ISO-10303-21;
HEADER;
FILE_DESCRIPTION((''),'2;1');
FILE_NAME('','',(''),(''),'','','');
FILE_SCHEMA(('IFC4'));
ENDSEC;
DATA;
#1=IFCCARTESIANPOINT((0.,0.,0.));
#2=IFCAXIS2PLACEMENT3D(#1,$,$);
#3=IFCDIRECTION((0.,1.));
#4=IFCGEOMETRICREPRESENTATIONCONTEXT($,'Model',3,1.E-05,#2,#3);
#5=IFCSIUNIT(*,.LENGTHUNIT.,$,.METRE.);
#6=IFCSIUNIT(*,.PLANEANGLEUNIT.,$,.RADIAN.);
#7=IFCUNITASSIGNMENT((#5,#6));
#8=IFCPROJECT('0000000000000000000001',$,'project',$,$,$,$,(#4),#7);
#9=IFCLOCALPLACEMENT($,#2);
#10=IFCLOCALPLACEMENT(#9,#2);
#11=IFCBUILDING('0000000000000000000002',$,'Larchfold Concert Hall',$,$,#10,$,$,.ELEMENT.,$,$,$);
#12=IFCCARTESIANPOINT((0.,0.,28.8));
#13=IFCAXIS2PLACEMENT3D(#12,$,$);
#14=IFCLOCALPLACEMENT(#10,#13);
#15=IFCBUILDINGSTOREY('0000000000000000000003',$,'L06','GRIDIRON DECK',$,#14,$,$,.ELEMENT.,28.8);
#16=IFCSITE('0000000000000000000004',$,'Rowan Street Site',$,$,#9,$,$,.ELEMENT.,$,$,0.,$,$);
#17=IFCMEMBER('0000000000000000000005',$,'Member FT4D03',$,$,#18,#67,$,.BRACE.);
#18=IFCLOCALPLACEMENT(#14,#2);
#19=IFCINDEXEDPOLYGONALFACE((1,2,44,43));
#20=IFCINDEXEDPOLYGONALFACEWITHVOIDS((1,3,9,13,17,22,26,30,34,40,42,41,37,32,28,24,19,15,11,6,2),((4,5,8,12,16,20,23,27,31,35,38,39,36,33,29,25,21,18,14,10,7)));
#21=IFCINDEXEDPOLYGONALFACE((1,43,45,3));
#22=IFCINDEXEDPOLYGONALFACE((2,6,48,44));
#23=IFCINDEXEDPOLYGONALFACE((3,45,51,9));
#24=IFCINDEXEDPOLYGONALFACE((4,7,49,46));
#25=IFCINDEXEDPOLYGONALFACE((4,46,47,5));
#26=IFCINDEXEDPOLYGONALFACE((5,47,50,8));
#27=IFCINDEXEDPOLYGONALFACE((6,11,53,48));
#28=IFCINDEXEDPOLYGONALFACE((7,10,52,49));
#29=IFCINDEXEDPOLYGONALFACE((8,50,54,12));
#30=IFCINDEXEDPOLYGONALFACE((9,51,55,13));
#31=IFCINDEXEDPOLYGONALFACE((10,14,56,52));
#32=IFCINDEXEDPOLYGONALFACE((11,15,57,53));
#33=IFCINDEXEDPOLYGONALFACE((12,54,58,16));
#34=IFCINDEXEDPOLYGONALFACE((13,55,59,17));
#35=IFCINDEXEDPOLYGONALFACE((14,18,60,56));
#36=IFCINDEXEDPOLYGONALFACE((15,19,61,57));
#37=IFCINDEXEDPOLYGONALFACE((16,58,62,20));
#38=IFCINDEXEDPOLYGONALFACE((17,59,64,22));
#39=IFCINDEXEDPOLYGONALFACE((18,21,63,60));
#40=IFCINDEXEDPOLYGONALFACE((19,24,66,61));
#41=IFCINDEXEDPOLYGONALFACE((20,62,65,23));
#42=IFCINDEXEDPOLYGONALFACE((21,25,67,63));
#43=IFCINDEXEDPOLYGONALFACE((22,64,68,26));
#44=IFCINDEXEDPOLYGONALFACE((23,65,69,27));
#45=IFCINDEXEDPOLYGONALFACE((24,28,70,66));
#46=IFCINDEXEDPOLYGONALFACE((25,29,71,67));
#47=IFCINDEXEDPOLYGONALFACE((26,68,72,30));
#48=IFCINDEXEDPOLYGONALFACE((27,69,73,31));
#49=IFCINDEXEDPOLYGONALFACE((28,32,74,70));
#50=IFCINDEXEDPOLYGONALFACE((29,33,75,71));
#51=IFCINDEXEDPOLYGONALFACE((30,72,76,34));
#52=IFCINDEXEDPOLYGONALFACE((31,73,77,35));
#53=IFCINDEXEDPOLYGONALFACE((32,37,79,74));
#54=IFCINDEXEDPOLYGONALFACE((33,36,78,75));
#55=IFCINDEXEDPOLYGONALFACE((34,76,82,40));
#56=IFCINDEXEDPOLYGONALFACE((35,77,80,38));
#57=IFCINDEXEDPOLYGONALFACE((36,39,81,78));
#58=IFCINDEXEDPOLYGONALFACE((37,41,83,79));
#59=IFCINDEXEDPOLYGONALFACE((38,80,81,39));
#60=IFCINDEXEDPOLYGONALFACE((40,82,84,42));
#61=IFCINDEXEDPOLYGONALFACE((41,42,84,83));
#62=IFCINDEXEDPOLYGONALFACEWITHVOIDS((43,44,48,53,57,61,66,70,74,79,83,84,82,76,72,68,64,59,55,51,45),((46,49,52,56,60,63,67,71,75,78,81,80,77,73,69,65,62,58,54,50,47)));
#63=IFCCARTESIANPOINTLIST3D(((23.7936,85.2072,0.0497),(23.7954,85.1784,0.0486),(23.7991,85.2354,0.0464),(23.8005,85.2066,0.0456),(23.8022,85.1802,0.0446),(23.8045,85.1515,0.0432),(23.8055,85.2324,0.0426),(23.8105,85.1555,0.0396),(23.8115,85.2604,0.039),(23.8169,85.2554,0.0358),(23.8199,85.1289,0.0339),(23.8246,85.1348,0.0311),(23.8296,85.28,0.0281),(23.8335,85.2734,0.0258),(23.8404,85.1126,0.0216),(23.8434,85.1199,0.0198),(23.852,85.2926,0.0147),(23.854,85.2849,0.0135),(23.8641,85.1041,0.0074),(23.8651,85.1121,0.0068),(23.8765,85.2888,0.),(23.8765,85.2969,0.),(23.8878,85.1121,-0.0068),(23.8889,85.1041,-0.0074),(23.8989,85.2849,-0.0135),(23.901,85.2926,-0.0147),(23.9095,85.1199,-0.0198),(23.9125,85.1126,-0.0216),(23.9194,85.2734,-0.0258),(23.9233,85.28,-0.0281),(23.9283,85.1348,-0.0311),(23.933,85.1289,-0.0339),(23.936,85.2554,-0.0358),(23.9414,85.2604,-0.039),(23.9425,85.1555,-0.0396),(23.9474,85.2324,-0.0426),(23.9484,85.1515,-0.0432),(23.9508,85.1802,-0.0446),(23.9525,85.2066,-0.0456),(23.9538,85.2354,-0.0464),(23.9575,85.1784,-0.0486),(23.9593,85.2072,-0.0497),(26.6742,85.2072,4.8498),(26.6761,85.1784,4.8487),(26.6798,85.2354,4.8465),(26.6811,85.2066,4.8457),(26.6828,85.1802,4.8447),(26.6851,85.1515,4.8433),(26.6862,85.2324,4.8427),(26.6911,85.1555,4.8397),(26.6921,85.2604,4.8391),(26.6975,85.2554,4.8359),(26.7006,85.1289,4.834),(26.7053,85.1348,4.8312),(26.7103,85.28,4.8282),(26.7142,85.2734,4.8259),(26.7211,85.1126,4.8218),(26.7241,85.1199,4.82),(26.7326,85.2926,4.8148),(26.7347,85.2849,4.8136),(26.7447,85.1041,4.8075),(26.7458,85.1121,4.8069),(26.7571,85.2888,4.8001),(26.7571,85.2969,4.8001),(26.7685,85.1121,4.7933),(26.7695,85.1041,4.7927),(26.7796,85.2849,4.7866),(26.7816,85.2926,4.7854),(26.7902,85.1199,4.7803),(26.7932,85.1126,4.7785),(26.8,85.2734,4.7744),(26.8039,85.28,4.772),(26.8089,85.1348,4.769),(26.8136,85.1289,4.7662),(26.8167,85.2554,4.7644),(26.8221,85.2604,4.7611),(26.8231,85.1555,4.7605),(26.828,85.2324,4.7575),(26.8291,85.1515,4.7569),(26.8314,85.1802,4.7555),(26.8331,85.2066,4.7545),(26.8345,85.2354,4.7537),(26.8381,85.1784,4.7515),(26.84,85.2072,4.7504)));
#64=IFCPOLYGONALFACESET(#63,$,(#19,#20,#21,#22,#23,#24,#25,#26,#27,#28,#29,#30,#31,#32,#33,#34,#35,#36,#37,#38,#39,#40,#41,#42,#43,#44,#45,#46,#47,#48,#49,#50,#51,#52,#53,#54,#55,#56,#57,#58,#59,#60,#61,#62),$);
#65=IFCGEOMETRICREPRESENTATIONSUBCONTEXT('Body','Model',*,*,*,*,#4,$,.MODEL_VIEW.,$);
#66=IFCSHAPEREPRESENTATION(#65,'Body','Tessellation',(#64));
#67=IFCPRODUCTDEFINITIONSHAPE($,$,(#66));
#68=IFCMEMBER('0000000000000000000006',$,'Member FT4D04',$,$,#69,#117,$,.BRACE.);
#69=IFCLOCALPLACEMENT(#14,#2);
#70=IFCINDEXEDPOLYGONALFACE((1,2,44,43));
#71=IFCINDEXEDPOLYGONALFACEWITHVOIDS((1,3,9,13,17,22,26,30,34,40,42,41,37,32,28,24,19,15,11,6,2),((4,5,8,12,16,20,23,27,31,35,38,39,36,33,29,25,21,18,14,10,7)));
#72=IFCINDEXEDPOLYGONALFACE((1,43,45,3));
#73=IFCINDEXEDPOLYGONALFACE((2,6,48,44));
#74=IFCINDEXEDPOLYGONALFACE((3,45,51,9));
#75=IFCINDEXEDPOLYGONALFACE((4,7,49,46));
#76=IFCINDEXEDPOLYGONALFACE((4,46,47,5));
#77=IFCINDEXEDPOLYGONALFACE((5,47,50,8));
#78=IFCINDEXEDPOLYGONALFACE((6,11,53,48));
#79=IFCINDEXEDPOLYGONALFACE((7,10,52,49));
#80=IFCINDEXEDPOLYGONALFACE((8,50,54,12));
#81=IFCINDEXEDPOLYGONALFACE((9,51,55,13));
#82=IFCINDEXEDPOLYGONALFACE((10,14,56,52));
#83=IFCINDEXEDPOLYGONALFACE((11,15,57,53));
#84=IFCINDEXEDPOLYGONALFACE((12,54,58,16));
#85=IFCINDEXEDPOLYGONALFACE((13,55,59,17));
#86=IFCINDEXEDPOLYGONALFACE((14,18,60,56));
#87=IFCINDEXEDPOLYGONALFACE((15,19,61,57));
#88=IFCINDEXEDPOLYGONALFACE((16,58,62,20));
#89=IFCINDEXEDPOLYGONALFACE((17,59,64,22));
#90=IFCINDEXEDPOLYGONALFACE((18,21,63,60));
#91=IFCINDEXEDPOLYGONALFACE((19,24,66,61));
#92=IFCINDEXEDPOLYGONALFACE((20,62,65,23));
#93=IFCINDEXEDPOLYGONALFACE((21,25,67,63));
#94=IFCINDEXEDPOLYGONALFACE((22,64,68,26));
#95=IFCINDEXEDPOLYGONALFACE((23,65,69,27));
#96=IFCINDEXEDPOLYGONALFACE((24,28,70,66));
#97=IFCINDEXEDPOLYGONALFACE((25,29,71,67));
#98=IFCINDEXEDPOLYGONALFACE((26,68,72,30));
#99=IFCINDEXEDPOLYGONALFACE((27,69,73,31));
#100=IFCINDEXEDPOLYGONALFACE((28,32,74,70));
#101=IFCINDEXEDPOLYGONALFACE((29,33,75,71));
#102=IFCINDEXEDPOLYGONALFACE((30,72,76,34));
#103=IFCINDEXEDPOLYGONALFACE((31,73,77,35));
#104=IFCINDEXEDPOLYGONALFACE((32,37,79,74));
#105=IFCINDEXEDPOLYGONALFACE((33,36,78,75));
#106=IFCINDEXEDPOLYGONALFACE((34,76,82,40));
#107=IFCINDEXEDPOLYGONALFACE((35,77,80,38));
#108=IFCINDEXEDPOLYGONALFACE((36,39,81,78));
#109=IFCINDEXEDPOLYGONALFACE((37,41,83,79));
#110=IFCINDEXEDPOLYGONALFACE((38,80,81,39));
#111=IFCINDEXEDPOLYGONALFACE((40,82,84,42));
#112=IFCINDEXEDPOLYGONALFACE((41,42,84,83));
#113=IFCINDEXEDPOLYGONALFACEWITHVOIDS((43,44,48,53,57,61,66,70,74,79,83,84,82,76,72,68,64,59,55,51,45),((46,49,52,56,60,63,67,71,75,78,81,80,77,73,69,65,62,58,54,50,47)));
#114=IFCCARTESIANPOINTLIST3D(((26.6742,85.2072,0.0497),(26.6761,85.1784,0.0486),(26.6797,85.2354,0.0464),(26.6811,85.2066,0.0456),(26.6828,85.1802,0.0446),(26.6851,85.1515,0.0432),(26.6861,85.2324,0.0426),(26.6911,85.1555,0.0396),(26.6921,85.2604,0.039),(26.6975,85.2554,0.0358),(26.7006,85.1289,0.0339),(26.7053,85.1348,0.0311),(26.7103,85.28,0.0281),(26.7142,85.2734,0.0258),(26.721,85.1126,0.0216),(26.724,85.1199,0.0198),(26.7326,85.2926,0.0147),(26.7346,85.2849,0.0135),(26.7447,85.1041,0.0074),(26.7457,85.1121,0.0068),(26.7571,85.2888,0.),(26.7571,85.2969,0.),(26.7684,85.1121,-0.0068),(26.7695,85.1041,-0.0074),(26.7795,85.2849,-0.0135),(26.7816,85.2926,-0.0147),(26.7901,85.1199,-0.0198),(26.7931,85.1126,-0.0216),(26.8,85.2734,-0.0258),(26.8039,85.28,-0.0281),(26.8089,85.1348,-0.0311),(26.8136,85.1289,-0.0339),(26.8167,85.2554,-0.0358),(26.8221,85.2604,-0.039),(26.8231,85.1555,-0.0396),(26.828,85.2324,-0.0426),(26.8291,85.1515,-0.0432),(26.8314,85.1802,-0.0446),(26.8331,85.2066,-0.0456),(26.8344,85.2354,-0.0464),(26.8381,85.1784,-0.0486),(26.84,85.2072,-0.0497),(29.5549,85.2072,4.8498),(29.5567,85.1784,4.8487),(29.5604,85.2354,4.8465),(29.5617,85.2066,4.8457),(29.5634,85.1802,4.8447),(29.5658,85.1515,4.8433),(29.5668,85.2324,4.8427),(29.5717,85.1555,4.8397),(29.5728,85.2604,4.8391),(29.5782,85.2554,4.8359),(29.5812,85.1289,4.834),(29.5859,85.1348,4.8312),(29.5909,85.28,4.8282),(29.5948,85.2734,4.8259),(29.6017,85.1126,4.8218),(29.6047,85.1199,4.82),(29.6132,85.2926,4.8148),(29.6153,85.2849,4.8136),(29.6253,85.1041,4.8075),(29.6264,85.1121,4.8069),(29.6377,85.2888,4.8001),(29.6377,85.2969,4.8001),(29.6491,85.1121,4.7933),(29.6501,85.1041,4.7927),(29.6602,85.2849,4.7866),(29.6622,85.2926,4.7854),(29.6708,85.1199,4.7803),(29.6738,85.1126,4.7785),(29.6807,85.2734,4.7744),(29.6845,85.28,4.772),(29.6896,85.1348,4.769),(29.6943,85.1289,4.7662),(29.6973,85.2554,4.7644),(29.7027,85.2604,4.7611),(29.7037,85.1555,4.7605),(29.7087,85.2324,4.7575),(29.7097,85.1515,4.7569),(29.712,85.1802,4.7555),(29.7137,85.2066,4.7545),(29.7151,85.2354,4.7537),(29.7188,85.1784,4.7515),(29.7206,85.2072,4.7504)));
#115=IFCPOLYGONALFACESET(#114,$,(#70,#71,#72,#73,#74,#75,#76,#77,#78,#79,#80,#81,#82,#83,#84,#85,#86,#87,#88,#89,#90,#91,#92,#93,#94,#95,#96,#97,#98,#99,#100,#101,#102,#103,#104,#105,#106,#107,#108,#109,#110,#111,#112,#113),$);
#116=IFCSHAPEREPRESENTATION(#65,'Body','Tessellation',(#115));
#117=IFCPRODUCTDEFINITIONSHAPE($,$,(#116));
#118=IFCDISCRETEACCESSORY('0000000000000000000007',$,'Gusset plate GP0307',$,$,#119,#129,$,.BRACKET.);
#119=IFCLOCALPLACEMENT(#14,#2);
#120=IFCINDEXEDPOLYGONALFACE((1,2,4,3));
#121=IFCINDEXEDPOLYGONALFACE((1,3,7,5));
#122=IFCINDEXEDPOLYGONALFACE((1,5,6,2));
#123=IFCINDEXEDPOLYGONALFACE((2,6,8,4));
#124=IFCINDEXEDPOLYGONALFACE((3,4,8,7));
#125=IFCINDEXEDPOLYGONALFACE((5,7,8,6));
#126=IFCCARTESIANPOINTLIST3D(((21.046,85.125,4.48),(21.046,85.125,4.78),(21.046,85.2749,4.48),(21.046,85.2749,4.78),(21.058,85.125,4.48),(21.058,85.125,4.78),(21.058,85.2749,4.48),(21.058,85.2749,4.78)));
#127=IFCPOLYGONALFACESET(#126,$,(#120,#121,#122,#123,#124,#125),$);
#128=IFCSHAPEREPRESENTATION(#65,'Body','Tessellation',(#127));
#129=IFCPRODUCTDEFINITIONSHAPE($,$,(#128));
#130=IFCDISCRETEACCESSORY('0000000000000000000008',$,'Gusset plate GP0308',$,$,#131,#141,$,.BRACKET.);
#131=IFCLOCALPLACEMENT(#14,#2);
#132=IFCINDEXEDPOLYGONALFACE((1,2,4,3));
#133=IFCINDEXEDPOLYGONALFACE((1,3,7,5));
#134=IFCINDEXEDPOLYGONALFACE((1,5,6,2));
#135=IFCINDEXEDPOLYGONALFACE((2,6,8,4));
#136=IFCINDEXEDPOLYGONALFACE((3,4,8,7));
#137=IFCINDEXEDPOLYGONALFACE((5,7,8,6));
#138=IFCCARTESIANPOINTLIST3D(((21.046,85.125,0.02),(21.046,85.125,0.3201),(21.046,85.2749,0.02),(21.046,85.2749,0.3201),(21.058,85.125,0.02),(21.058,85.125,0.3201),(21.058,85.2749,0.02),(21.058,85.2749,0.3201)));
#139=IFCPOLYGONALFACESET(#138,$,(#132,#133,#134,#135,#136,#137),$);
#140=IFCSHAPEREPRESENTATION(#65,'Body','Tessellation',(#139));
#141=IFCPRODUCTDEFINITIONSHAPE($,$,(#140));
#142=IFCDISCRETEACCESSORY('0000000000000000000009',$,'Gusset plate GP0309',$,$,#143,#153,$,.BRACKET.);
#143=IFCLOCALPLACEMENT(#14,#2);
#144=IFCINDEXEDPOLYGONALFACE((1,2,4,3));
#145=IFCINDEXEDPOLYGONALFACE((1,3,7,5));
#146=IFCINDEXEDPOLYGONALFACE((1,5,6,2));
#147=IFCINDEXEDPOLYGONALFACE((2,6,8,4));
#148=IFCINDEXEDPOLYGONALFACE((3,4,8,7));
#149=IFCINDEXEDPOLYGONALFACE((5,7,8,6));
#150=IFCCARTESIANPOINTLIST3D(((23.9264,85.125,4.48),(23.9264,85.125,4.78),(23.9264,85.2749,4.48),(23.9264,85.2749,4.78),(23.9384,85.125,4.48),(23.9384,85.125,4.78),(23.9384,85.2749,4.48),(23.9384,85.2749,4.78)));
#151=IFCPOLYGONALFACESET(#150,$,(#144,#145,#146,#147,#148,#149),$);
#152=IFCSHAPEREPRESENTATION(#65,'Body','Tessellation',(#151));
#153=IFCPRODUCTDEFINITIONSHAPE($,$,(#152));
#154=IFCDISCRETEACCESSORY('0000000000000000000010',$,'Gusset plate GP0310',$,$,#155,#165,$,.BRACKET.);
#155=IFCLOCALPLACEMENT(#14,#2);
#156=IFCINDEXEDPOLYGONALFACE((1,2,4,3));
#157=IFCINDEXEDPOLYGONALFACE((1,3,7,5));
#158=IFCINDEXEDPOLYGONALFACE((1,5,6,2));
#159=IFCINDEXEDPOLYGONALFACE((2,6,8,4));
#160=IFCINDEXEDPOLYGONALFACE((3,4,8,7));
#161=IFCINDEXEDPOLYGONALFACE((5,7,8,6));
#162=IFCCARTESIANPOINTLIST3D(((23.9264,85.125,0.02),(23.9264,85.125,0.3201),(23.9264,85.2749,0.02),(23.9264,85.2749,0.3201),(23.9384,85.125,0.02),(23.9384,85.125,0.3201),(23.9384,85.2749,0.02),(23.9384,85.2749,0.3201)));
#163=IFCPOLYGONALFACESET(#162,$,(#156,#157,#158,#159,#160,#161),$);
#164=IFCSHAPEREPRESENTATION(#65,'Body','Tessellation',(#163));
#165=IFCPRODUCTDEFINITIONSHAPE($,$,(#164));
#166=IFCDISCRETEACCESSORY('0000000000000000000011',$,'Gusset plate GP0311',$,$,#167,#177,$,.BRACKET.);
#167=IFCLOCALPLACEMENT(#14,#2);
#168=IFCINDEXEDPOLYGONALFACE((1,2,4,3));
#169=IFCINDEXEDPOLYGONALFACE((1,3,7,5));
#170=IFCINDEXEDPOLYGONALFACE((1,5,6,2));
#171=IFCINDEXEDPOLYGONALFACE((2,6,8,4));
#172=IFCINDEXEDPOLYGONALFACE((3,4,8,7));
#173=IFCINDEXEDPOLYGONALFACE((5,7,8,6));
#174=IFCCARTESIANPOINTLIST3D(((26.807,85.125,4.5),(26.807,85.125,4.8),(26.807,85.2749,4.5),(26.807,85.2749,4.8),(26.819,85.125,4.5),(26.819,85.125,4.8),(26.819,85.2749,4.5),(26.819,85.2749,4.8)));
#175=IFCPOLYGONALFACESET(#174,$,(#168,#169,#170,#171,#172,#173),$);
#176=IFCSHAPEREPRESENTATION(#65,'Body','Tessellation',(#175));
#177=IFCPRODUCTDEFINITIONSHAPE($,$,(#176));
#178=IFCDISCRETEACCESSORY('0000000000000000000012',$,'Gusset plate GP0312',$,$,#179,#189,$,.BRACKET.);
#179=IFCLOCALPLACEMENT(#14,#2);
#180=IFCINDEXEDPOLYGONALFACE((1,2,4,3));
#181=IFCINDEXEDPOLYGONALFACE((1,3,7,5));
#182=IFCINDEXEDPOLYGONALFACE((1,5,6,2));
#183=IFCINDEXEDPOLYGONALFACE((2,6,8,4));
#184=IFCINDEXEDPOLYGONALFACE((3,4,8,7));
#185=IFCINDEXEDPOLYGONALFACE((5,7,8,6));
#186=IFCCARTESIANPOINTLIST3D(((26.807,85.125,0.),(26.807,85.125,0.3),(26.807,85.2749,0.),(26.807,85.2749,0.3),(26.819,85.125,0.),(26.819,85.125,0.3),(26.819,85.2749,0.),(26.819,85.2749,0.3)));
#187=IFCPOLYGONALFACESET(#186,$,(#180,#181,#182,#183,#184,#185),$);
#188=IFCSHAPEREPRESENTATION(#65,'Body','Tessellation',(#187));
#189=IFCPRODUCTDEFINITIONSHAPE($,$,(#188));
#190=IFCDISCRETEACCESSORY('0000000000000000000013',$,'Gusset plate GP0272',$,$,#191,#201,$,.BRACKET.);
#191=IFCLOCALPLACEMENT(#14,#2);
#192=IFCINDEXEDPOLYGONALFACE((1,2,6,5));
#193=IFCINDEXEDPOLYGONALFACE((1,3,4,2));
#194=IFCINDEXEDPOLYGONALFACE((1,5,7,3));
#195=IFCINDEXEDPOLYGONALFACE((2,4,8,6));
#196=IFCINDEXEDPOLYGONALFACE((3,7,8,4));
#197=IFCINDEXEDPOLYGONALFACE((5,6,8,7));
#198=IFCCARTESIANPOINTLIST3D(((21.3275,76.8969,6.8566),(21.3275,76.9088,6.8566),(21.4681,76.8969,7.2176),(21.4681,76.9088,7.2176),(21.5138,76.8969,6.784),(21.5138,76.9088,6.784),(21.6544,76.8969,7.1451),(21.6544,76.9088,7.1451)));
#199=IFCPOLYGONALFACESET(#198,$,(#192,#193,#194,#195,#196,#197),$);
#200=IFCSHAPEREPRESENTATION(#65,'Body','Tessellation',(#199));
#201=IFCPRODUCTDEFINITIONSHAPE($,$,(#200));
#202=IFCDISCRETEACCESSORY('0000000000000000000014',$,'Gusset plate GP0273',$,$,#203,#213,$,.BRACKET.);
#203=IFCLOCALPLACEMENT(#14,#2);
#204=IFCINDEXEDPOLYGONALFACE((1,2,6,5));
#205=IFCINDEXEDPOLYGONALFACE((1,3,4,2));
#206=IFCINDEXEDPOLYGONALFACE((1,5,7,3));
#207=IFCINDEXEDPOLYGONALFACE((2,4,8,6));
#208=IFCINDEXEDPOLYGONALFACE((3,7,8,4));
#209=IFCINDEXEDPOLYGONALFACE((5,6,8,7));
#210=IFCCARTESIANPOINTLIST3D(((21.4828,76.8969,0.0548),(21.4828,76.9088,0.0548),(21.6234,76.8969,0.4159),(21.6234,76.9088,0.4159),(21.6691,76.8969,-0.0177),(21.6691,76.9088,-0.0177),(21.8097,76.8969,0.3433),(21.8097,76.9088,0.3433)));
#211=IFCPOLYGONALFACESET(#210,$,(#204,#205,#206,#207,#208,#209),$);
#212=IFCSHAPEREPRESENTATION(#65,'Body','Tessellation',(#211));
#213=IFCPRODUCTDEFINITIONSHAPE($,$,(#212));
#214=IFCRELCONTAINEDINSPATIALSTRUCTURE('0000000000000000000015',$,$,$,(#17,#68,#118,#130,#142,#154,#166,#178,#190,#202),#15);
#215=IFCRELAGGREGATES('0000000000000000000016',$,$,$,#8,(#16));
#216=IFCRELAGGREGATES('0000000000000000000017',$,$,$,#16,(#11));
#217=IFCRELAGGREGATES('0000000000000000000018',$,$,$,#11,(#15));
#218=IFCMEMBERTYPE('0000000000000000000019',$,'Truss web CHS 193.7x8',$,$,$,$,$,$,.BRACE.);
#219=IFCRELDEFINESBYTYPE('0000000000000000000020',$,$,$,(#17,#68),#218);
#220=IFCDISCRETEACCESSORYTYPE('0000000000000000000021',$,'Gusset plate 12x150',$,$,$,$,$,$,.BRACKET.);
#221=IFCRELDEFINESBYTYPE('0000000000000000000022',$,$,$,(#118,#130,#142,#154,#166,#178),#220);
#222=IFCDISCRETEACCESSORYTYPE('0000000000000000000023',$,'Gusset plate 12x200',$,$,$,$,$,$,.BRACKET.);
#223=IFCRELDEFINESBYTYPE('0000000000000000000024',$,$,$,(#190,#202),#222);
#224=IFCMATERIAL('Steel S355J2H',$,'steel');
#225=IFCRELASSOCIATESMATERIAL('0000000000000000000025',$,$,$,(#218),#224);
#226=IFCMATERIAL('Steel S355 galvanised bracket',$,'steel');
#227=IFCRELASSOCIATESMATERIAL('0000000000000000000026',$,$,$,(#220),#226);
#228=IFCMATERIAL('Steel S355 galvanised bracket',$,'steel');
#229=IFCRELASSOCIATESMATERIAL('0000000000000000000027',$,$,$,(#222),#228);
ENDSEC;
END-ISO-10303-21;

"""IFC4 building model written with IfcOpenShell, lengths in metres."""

from ifc_helpers import new_model, si_unit, direction, frame, origin, origin_2d, place, context, subcontext, project, spatial, rectangle, hollow_circle, extrude, material, material_profile, profile_set, type_object, element, save


model = new_model("IFC4")

# Units and contexts
model_context = context("Model", 3, precision=1e-05, world=origin(), true_north=direction((0.0, 1.0)))
body_context = subcontext(model_context, "Body", "Model", "MODEL_VIEW")
ifc_project = project(units=[si_unit("LENGTHUNIT", "METRE"), si_unit("PLANEANGLEUNIT", "RADIAN")], contexts=[model_context])

# Site, building, storey
site_placement = place(None, origin())
site = spatial("IfcSite", under=ifc_project, at=site_placement, Name="Rowan Street Site", CompositionType="ELEMENT", RefElevation=0.0)
building_placement = place(site_placement, origin())
building = spatial("IfcBuilding", under=site, at=building_placement, Name="Larchfold Concert Hall", CompositionType="ELEMENT")
storey_placement = place(building_placement, frame((0.0, 0.0, 28.8)))
storey = spatial("IfcBuildingStorey", under=building, at=storey_placement, Name="L06", Description="GRIDIRON DECK", CompositionType="ELEMENT", Elevation=28.8)

# Members
ifc_material_1 = material(Name="Steel S355J2H", Category="steel")
ifc_material_profile_1 = material_profile(ifc_material_1, hollow_circle(Radius=0.0969, WallThickness=0.0081, at=origin_2d()))
ifc_profile_set_1 = profile_set([ifc_material_profile_1], Name="Steel S355J2H")
member_type_1 = type_object("IfcMemberType", Name="Truss web CHS 193.7x8", PredefinedType="BRACE", material=ifc_profile_set_1)
for number, where, z_axis, x_axis, name in (
    (1, (23.8765, 85.2, 0.0), (0.514573, 0.0, 0.857447), (0.0, 1.0, 0.0), "Member FT4D03"),
    (2, (26.7571, 85.2, 0.0), (0.514573, 0.0, 0.857447), (0.0, 1.0, 0.0), "Member FT4D04"),
):
    element("IfcMember", number, at=place(storey_placement, frame(where, z_axis=z_axis, x_axis=x_axis)), inside=storey, type_object=member_type_1, Name=name, PredefinedType="BRACE", context=body_context, shape_type="SweptSolid", body=[
        extrude(hollow_circle(Radius=0.0969, WallThickness=0.0081, at=origin_2d()), origin(), (0.0, 0.0, 1.0), 5.5981),
    ])

# Discrete accessories
ifc_material_2 = material(Name="Steel S355 galvanised bracket", Category="steel")
ifc_material_profile_2 = material_profile(ifc_material_2, rectangle(XDim=0.012, YDim=0.1499, at=origin_2d()))
ifc_profile_set_2 = profile_set([ifc_material_profile_2], Name="Steel S355 galvanised bracket")
discrete_accessory_type_1 = type_object("IfcDiscreteAccessoryType", Name="Gusset plate 12x150", PredefinedType="BRACKET", material=ifc_profile_set_2)
for number, where, z_axis, x_axis, name in (
    (3, (21.052, 85.2, 4.78), (0.0, 0.0, -1.0), (1.0, 0.0, 0.0), "Gusset plate GP0307"),
    (4, (21.052, 85.2, 0.3201), (0.0, 0.0, -1.0), (1.0, 0.0, 0.0), "Gusset plate GP0308"),
    (5, (23.9324, 85.2, 4.78), (0.0, 0.0, -1.0), (1.0, 0.0, 0.0), "Gusset plate GP0309"),
    (6, (23.9324, 85.2, 0.3201), (0.0, 0.0, -1.0), (1.0, 0.0, 0.0), "Gusset plate GP0310"),
    (7, (26.813, 85.2, 4.8), (0.0, 0.0, -1.0), (1.0, 0.0, 0.0), "Gusset plate GP0311"),
    (8, (26.813, 85.2, 0.3), (0.0, 0.0, -1.0), (1.0, 0.0, 0.0), "Gusset plate GP0312"),
):
    element("IfcDiscreteAccessory", number, at=place(storey_placement, frame(where, z_axis=z_axis, x_axis=x_axis)), inside=storey, type_object=discrete_accessory_type_1, Name=name, PredefinedType="BRACKET", context=body_context, shape_type="SweptSolid", body=[
        extrude(rectangle(XDim=0.012, YDim=0.1499, at=origin_2d()), origin(), (0.0, 0.0, 1.0), 0.3),
    ])
ifc_material_3 = material(Name="Steel S355 galvanised bracket", Category="steel")
ifc_material_profile_3 = material_profile(ifc_material_3, rectangle(XDim=0.012, YDim=0.2, at=origin_2d()))
ifc_profile_set_3 = profile_set([ifc_material_profile_3], Name="Steel S355 galvanised bracket")
discrete_accessory_type_2 = type_object("IfcDiscreteAccessoryType", Name="Gusset plate 12x200", PredefinedType="BRACKET", material=ifc_profile_set_3)
for number, where, z_axis, x_axis, name in (
    (9, (21.4207, 76.9028, 6.8203), (0.362902, 0.0, 0.931827), (0.0, 1.0, 0.0), "Gusset plate GP0272"),
    (10, (21.5759, 76.9028, 0.0186), (0.362902, 0.0, 0.931827), (0.0, 1.0, 0.0), "Gusset plate GP0273"),
):
    element("IfcDiscreteAccessory", number, at=place(storey_placement, frame(where, z_axis=z_axis, x_axis=x_axis)), inside=storey, type_object=discrete_accessory_type_2, Name=name, PredefinedType="BRACKET", context=body_context, shape_type="SweptSolid", body=[
        extrude(rectangle(XDim=0.012, YDim=0.2, at=origin_2d()), origin(), (0.0, 0.0, 1.0), 0.3875),
    ])

save(model, "model.ifc")
